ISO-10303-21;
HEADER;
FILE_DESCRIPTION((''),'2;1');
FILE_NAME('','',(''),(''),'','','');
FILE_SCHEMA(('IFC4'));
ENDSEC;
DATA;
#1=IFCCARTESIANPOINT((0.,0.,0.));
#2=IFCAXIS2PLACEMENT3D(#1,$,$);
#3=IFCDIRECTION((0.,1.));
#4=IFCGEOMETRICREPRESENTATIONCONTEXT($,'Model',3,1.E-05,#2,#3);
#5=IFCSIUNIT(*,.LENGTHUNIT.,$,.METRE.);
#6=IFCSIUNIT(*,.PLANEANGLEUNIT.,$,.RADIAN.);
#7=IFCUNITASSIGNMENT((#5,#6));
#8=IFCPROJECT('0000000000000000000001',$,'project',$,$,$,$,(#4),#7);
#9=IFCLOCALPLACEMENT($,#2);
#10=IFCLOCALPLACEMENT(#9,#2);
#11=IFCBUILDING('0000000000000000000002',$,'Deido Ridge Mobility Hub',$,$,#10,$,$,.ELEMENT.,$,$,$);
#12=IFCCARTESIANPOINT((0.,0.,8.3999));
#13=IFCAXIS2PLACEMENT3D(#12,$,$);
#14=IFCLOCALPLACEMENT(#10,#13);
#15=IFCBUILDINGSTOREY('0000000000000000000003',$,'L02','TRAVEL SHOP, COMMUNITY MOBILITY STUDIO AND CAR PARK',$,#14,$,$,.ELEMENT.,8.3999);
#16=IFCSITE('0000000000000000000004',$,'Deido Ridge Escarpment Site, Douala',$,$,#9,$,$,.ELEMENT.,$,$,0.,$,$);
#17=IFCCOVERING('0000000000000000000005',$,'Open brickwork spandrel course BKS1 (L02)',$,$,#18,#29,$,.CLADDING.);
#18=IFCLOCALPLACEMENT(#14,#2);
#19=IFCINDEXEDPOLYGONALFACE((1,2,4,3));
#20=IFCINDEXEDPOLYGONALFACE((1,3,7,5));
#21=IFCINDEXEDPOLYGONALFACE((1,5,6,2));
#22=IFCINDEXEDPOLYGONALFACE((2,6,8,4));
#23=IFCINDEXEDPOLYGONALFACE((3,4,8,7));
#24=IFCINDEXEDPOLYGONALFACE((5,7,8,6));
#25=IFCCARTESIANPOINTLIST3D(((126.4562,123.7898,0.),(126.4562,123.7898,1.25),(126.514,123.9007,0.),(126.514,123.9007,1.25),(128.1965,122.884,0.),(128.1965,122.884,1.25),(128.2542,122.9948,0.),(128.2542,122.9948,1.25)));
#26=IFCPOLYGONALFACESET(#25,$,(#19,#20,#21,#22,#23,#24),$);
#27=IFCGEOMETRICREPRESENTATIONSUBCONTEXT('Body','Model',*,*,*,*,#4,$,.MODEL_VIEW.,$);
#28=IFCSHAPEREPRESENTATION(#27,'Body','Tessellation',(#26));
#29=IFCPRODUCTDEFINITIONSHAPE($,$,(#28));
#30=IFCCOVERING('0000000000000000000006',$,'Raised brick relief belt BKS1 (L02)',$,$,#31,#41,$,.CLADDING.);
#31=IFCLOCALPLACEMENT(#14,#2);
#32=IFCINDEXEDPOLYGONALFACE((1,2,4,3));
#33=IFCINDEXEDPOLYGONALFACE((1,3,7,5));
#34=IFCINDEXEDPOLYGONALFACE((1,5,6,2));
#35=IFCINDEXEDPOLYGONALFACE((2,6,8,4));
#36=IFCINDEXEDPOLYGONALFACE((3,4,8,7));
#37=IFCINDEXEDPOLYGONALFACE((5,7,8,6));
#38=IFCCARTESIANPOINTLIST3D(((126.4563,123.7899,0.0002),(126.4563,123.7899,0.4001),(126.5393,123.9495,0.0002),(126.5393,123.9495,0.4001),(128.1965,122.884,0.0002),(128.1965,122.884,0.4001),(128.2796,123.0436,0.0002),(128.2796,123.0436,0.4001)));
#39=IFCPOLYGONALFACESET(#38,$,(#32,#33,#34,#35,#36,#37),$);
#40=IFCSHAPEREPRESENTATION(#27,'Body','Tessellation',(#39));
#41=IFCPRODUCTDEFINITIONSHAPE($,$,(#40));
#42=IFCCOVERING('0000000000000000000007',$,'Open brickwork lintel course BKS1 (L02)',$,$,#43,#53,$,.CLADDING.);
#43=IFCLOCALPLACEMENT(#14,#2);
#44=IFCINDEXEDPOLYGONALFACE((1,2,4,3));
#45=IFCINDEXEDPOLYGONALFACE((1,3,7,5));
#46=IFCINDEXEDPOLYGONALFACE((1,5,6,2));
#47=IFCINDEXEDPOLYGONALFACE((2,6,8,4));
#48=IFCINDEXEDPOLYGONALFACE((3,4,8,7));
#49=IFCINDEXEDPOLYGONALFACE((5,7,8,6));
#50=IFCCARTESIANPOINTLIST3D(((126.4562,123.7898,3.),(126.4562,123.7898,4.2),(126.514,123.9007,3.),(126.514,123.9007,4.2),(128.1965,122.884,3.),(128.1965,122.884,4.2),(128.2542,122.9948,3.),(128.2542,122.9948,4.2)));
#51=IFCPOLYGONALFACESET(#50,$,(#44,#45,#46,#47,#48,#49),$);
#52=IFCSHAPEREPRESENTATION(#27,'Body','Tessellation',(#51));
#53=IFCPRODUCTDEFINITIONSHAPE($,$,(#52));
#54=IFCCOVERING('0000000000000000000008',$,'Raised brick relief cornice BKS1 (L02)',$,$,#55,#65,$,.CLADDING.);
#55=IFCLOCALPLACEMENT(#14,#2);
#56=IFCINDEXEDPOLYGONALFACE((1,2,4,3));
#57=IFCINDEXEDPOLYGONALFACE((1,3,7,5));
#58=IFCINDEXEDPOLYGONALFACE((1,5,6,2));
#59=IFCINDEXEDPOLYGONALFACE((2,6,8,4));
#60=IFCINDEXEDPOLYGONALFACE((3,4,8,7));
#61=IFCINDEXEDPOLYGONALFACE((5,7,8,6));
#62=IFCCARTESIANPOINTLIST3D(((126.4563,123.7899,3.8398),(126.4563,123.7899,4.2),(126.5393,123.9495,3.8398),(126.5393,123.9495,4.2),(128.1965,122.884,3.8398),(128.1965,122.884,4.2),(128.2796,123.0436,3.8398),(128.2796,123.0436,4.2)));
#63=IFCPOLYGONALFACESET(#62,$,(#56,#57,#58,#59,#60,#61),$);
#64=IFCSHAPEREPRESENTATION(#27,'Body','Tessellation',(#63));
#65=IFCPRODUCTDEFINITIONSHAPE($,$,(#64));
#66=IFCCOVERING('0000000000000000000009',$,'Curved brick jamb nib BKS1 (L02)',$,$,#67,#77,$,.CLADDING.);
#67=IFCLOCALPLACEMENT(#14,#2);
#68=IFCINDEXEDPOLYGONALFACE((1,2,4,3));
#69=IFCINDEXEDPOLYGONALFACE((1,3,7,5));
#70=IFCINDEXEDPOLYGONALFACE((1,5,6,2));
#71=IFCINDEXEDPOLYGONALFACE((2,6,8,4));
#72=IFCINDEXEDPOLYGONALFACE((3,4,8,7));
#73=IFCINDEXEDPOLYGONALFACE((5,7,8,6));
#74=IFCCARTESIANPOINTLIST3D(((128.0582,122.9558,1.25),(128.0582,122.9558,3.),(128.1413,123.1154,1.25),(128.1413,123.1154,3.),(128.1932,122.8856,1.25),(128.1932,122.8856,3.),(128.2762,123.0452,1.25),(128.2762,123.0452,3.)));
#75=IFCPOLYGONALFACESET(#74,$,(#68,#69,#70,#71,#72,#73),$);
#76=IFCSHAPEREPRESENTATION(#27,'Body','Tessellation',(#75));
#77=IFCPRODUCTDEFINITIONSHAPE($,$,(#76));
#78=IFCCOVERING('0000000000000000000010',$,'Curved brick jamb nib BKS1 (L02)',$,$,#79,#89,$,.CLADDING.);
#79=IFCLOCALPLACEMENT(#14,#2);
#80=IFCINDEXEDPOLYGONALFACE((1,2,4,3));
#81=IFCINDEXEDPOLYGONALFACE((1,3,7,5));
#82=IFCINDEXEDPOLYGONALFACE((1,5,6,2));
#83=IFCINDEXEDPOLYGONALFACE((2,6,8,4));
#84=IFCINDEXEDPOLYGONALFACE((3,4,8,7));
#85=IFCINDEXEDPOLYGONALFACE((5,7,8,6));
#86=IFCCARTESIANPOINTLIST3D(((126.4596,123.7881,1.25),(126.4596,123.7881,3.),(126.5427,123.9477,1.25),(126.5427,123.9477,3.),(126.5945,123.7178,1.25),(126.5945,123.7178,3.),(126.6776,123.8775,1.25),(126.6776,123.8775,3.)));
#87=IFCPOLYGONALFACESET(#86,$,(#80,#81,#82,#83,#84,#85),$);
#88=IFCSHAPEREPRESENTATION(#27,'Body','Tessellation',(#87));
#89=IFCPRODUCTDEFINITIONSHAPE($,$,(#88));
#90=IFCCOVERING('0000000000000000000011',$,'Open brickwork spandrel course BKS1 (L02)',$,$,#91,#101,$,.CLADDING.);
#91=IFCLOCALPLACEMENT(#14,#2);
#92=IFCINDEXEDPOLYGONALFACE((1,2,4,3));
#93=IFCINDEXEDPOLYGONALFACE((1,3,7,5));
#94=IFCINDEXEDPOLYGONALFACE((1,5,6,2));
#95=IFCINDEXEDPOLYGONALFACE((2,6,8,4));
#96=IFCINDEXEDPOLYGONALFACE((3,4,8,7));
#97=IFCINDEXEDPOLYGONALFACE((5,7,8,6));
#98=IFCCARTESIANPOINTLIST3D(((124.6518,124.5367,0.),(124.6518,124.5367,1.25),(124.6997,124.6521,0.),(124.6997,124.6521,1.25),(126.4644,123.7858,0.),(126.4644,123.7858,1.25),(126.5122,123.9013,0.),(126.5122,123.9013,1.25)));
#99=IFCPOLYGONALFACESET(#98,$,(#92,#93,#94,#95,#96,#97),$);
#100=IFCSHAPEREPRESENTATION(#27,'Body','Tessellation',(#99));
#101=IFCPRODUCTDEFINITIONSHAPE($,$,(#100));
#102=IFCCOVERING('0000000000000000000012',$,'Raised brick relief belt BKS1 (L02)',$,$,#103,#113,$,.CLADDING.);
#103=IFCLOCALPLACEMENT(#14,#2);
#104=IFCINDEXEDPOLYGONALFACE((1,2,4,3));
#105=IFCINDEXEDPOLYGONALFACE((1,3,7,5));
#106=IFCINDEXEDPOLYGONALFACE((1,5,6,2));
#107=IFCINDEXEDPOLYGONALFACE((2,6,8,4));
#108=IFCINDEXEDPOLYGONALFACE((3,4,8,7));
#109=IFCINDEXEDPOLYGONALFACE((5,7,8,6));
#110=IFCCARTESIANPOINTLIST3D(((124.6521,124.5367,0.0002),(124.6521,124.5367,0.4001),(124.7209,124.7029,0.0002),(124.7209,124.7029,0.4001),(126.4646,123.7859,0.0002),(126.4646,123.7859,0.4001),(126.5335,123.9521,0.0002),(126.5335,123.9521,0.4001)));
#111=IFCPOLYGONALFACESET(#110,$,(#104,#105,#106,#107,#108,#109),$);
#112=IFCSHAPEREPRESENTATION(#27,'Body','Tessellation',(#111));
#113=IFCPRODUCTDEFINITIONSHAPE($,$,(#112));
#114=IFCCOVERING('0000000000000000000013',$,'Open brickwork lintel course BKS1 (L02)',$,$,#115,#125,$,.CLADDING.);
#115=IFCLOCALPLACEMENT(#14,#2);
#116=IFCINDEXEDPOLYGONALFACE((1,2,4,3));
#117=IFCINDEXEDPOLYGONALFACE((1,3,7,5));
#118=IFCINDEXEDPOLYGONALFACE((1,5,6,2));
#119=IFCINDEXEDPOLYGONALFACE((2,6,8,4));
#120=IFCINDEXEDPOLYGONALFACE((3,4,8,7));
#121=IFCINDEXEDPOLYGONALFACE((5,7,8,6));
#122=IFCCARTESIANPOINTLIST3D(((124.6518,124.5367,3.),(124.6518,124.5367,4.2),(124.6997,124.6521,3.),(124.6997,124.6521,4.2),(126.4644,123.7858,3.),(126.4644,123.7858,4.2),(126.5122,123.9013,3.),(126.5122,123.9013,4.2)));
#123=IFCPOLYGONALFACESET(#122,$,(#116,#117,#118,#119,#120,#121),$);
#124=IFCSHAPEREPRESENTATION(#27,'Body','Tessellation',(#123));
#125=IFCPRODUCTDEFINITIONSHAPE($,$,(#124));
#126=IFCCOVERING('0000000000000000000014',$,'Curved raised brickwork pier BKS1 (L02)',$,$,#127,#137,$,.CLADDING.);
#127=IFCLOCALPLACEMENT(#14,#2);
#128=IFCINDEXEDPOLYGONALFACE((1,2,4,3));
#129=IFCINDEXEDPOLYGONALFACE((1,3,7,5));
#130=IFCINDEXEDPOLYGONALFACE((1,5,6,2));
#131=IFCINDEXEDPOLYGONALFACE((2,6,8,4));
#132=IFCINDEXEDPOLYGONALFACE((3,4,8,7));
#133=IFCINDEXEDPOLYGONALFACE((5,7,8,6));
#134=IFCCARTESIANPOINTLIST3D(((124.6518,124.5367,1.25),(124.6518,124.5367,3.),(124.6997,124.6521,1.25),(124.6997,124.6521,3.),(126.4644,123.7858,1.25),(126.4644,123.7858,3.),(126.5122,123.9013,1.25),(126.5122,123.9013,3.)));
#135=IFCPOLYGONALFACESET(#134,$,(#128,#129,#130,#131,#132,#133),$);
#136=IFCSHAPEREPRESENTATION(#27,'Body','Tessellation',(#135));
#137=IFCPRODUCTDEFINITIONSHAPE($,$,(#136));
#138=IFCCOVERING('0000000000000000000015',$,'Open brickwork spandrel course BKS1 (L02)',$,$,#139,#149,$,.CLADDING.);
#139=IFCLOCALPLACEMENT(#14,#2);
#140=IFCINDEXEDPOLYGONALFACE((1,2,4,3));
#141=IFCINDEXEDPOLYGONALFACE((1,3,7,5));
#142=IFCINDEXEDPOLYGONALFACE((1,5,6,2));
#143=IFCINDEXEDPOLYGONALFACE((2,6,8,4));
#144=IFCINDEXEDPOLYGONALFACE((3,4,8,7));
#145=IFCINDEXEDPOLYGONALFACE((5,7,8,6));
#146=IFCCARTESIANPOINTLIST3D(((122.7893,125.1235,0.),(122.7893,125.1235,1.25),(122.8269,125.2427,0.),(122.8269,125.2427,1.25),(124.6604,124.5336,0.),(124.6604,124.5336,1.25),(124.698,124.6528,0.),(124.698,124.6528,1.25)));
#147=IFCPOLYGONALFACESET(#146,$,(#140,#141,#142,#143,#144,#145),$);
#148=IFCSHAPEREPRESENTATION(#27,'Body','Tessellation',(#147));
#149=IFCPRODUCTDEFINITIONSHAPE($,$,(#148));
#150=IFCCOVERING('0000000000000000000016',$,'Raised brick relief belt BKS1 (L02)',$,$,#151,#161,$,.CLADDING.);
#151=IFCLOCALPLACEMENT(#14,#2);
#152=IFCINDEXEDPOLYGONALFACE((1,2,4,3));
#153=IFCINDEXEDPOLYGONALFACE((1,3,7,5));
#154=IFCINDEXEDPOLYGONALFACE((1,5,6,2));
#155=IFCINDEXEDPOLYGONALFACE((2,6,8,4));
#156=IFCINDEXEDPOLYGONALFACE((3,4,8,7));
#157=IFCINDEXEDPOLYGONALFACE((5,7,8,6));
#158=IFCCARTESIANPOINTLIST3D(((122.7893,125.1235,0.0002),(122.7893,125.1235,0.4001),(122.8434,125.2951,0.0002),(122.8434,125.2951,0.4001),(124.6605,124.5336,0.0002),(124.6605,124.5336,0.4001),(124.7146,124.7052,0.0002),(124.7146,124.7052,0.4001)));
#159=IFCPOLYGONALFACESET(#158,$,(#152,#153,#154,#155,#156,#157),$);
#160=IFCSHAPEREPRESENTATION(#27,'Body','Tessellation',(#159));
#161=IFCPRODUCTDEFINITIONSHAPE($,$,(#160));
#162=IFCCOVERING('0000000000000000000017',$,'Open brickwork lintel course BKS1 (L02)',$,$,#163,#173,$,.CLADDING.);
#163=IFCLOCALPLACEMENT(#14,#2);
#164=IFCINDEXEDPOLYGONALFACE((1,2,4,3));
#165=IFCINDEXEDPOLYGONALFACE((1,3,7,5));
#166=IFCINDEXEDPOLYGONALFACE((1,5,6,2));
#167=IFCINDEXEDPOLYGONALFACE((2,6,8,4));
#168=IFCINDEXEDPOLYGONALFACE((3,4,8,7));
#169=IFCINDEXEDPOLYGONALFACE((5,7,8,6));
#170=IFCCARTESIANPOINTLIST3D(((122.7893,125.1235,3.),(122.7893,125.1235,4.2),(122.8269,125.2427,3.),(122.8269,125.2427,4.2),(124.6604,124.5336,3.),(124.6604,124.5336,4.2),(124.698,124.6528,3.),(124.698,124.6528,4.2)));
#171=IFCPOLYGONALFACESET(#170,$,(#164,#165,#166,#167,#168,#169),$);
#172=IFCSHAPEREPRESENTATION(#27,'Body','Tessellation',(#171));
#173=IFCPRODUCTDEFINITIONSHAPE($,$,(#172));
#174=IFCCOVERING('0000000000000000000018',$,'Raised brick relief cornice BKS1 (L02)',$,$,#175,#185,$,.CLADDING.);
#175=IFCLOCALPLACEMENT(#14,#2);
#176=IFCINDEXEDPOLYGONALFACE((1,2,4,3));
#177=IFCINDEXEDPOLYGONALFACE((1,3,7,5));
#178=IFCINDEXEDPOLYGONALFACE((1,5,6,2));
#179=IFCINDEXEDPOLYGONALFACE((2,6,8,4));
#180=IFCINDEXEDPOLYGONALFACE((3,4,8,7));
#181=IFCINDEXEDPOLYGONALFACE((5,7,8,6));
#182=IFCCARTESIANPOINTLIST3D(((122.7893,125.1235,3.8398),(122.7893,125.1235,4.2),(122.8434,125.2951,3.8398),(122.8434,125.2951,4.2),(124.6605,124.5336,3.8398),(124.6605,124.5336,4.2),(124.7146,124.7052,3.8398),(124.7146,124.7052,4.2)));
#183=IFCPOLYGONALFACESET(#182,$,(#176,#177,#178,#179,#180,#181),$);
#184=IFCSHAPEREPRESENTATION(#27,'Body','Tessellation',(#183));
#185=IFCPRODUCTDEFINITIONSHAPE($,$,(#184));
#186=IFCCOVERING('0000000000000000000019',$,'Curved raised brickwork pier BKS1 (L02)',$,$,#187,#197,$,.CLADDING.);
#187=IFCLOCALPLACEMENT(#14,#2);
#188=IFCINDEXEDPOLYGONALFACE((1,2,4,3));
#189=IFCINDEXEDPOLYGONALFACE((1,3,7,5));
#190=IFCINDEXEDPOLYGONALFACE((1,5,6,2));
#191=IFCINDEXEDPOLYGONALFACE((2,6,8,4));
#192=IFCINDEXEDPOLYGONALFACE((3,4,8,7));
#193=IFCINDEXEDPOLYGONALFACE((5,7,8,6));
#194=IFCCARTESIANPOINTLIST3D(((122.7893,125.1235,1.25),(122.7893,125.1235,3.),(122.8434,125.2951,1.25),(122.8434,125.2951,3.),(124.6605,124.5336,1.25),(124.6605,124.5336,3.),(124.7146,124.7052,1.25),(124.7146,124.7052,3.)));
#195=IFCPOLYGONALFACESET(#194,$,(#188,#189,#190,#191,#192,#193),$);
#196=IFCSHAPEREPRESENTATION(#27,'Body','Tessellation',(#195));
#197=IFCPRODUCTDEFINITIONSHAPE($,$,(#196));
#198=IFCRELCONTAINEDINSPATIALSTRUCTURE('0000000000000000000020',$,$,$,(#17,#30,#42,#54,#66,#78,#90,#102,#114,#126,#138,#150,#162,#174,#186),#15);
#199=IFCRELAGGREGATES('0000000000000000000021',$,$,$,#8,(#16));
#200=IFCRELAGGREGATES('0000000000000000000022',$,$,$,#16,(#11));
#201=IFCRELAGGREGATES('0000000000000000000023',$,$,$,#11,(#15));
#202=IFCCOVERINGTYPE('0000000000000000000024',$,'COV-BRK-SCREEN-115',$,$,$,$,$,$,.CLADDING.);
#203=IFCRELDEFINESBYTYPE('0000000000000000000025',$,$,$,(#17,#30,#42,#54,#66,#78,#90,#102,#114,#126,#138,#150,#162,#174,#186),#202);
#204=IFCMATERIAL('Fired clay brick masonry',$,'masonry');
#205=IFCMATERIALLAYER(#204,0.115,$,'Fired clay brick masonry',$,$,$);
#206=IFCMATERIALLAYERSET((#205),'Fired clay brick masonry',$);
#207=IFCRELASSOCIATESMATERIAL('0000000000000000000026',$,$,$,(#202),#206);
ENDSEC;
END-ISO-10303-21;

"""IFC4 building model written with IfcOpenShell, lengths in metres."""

from ifc_helpers import new_model, si_unit, direction, frame, origin, origin_2d, place, context, subcontext, project, spatial, rectangle, extrude, material, layer, layer_set, type_object, element, save


model = new_model("IFC4")

# Units and contexts
model_context = context("Model", 3, precision=1e-05, world=origin(), true_north=direction((0.0, 1.0)))
body_context = subcontext(model_context, "Body", "Model", "MODEL_VIEW")
ifc_project = project(units=[si_unit("LENGTHUNIT", "METRE"), si_unit("PLANEANGLEUNIT", "RADIAN")], contexts=[model_context])

# Site, building, storey
site_placement = place(None, origin())
site = spatial("IfcSite", under=ifc_project, at=site_placement, Name="Deido Ridge Escarpment Site, Douala", CompositionType="ELEMENT", RefElevation=0.0)
building_placement = place(site_placement, origin())
building = spatial("IfcBuilding", under=site, at=building_placement, Name="Deido Ridge Mobility Hub", CompositionType="ELEMENT")
storey_placement = place(building_placement, frame((0.0, 0.0, 8.3999)))
storey = spatial("IfcBuildingStorey", under=building, at=storey_placement, Name="L02", Description="TRAVEL SHOP, COMMUNITY MOBILITY STUDIO AND CAR PARK", CompositionType="ELEMENT", Elevation=8.3999)

# Coverings
ifc_material_1 = material(Name="Fired clay brick masonry", Category="masonry")
ifc_layer = layer(ifc_material_1, 0.115, Name="Fired clay brick masonry")
ifc_layer_set = layer_set([ifc_layer], Name="Fired clay brick masonry")
covering_type = type_object("IfcCoveringType", Name="COV-BRK-SCREEN-115", PredefinedType="CLADDING", material=ifc_layer_set)
covering_1_placement = place(storey_placement, frame((127.3552, 123.3923, 0.0), z_axis=(0.0, 0.0, 1.0), x_axis=(-0.887019, 0.461733, 0.0)))
element("IfcCovering", 1, at=covering_1_placement, inside=storey, type_object=covering_type, Name="Open brickwork spandrel course BKS1 (L02)", PredefinedType="CLADDING", context=body_context, shape_type="SweptSolid", body=[
    extrude(rectangle(XDim=1.9619, YDim=0.125, at=origin_2d()), origin(), (0.0, 0.0, 1.0), 1.25),
])
covering_2_placement = place(storey_placement, frame((127.3679, 123.4167, 0.0002), z_axis=(0.0, 0.0, 1.0), x_axis=(-0.887019, 0.461733, 0.0)))
element("IfcCovering", 2, at=covering_2_placement, inside=storey, type_object=covering_type, Name="Raised brick relief belt BKS1 (L02)", PredefinedType="CLADDING", context=body_context, shape_type="SweptSolid", body=[
    extrude(rectangle(XDim=1.9619, YDim=0.1799, at=origin_2d()), origin(), (0.0, 0.0, 1.0), 0.3999),
])
covering_3_placement = place(storey_placement, frame((127.3552, 123.3923, 3.0), z_axis=(0.0, 0.0, 1.0), x_axis=(-0.887019, 0.461733, 0.0)))
element("IfcCovering", 3, at=covering_3_placement, inside=storey, type_object=covering_type, Name="Open brickwork lintel course BKS1 (L02)", PredefinedType="CLADDING", context=body_context, shape_type="SweptSolid", body=[
    extrude(rectangle(XDim=1.9619, YDim=0.125, at=origin_2d()), origin(), (0.0, 0.0, 1.0), 1.2),
])
covering_4_placement = place(storey_placement, frame((127.3679, 123.4167, 3.8398), z_axis=(0.0, 0.0, 1.0), x_axis=(-0.887019, 0.461733, 0.0)))
element("IfcCovering", 4, at=covering_4_placement, inside=storey, type_object=covering_type, Name="Raised brick relief cornice BKS1 (L02)", PredefinedType="CLADDING", context=body_context, shape_type="SweptSolid", body=[
    extrude(rectangle(XDim=1.9619, YDim=0.1799, at=origin_2d()), origin(), (0.0, 0.0, 1.0), 0.3601),
])
for number, where, z_axis, x_axis, name in (
    (5, (128.1672, 123.0005, 1.25), (0.0, 0.0, 1.0), (-0.887019, 0.461733, 0.0), "Curved brick jamb nib BKS1 (L02)"),
    (6, (126.5686, 123.8328, 1.25), (0.0, 0.0, 1.0), (-0.887019, 0.461733, 0.0), "Curved brick jamb nib BKS1 (L02)"),
):
    element("IfcCovering", number, at=place(storey_placement, frame(where, z_axis=z_axis, x_axis=x_axis)), inside=storey, type_object=covering_type, Name=name, PredefinedType="CLADDING", context=body_context, shape_type="SweptSolid", body=[
        extrude(rectangle(XDim=0.1521, YDim=0.1799, at=origin_2d()), origin(), (0.0, 0.0, 1.0), 1.75),
    ])
covering_5_placement = place(storey_placement, frame((125.582, 124.219, 0.0), z_axis=(0.0, 0.0, 1.0), x_axis=(-0.923873, 0.3827, 0.0)))
element("IfcCovering", 7, at=covering_5_placement, inside=storey, type_object=covering_type, Name="Open brickwork spandrel course BKS1 (L02)", PredefinedType="CLADDING", context=body_context, shape_type="SweptSolid", body=[
    extrude(rectangle(XDim=1.9619, YDim=0.125, at=origin_2d()), origin(), (0.0, 0.0, 1.0), 1.25),
])
covering_6_placement = place(storey_placement, frame((125.5928, 124.2444, 0.0002), z_axis=(0.0, 0.0, 1.0), x_axis=(-0.923873, 0.3827, 0.0)))
element("IfcCovering", 8, at=covering_6_placement, inside=storey, type_object=covering_type, Name="Raised brick relief belt BKS1 (L02)", PredefinedType="CLADDING", context=body_context, shape_type="SweptSolid", body=[
    extrude(rectangle(XDim=1.9619, YDim=0.1799, at=origin_2d()), origin(), (0.0, 0.0, 1.0), 0.3999),
])
covering_7_placement = place(storey_placement, frame((125.582, 124.219, 3.0), z_axis=(0.0, 0.0, 1.0), x_axis=(-0.923873, 0.3827, 0.0)))
element("IfcCovering", 9, at=covering_7_placement, inside=storey, type_object=covering_type, Name="Open brickwork lintel course BKS1 (L02)", PredefinedType="CLADDING", context=body_context, shape_type="SweptSolid", body=[
    extrude(rectangle(XDim=1.9619, YDim=0.125, at=origin_2d()), origin(), (0.0, 0.0, 1.0), 1.2),
])
covering_8_placement = place(storey_placement, frame((125.582, 124.219, 1.25), z_axis=(0.0, 0.0, 1.0), x_axis=(-0.923873, 0.3827, 0.0)))
element("IfcCovering", 10, at=covering_8_placement, inside=storey, type_object=covering_type, Name="Curved raised brickwork pier BKS1 (L02)", PredefinedType="CLADDING", context=body_context, shape_type="SweptSolid", body=[
    extrude(rectangle(XDim=1.9619, YDim=0.125, at=origin_2d()), origin(), (0.0, 0.0, 1.0), 1.75),
])
covering_9_placement = place(storey_placement, frame((123.7437, 124.8882, 0.0), z_axis=(0.0, 0.0, 1.0), x_axis=(-0.953727, 0.300673, 0.0)))
element("IfcCovering", 11, at=covering_9_placement, inside=storey, type_object=covering_type, Name="Open brickwork spandrel course BKS1 (L02)", PredefinedType="CLADDING", context=body_context, shape_type="SweptSolid", body=[
    extrude(rectangle(XDim=1.9619, YDim=0.125, at=origin_2d()), origin(), (0.0, 0.0, 1.0), 1.25),
])
covering_10_placement = place(storey_placement, frame((123.752, 124.9143, 0.0002), z_axis=(0.0, 0.0, 1.0), x_axis=(-0.953727, 0.300673, 0.0)))
element("IfcCovering", 12, at=covering_10_placement, inside=storey, type_object=covering_type, Name="Raised brick relief belt BKS1 (L02)", PredefinedType="CLADDING", context=body_context, shape_type="SweptSolid", body=[
    extrude(rectangle(XDim=1.9619, YDim=0.1799, at=origin_2d()), origin(), (0.0, 0.0, 1.0), 0.3999),
])
covering_11_placement = place(storey_placement, frame((123.7437, 124.8882, 3.0), z_axis=(0.0, 0.0, 1.0), x_axis=(-0.953727, 0.300673, 0.0)))
element("IfcCovering", 13, at=covering_11_placement, inside=storey, type_object=covering_type, Name="Open brickwork lintel course BKS1 (L02)", PredefinedType="CLADDING", context=body_context, shape_type="SweptSolid", body=[
    extrude(rectangle(XDim=1.9619, YDim=0.125, at=origin_2d()), origin(), (0.0, 0.0, 1.0), 1.2),
])
covering_12_placement = place(storey_placement, frame((123.752, 124.9143, 3.8398), z_axis=(0.0, 0.0, 1.0), x_axis=(-0.953727, 0.300673, 0.0)))
element("IfcCovering", 14, at=covering_12_placement, inside=storey, type_object=covering_type, Name="Raised brick relief cornice BKS1 (L02)", PredefinedType="CLADDING", context=body_context, shape_type="SweptSolid", body=[
    extrude(rectangle(XDim=1.9619, YDim=0.1799, at=origin_2d()), origin(), (0.0, 0.0, 1.0), 0.3601),
])
covering_13_placement = place(storey_placement, frame((123.752, 124.9143, 1.25), z_axis=(0.0, 0.0, 1.0), x_axis=(-0.953727, 0.300673, 0.0)))
element("IfcCovering", 15, at=covering_13_placement, inside=storey, type_object=covering_type, Name="Curved raised brickwork pier BKS1 (L02)", PredefinedType="CLADDING", context=body_context, shape_type="SweptSolid", body=[
    extrude(rectangle(XDim=1.9619, YDim=0.1799, at=origin_2d()), origin(), (0.0, 0.0, 1.0), 1.75),
])

save(model, "model.ifc")
